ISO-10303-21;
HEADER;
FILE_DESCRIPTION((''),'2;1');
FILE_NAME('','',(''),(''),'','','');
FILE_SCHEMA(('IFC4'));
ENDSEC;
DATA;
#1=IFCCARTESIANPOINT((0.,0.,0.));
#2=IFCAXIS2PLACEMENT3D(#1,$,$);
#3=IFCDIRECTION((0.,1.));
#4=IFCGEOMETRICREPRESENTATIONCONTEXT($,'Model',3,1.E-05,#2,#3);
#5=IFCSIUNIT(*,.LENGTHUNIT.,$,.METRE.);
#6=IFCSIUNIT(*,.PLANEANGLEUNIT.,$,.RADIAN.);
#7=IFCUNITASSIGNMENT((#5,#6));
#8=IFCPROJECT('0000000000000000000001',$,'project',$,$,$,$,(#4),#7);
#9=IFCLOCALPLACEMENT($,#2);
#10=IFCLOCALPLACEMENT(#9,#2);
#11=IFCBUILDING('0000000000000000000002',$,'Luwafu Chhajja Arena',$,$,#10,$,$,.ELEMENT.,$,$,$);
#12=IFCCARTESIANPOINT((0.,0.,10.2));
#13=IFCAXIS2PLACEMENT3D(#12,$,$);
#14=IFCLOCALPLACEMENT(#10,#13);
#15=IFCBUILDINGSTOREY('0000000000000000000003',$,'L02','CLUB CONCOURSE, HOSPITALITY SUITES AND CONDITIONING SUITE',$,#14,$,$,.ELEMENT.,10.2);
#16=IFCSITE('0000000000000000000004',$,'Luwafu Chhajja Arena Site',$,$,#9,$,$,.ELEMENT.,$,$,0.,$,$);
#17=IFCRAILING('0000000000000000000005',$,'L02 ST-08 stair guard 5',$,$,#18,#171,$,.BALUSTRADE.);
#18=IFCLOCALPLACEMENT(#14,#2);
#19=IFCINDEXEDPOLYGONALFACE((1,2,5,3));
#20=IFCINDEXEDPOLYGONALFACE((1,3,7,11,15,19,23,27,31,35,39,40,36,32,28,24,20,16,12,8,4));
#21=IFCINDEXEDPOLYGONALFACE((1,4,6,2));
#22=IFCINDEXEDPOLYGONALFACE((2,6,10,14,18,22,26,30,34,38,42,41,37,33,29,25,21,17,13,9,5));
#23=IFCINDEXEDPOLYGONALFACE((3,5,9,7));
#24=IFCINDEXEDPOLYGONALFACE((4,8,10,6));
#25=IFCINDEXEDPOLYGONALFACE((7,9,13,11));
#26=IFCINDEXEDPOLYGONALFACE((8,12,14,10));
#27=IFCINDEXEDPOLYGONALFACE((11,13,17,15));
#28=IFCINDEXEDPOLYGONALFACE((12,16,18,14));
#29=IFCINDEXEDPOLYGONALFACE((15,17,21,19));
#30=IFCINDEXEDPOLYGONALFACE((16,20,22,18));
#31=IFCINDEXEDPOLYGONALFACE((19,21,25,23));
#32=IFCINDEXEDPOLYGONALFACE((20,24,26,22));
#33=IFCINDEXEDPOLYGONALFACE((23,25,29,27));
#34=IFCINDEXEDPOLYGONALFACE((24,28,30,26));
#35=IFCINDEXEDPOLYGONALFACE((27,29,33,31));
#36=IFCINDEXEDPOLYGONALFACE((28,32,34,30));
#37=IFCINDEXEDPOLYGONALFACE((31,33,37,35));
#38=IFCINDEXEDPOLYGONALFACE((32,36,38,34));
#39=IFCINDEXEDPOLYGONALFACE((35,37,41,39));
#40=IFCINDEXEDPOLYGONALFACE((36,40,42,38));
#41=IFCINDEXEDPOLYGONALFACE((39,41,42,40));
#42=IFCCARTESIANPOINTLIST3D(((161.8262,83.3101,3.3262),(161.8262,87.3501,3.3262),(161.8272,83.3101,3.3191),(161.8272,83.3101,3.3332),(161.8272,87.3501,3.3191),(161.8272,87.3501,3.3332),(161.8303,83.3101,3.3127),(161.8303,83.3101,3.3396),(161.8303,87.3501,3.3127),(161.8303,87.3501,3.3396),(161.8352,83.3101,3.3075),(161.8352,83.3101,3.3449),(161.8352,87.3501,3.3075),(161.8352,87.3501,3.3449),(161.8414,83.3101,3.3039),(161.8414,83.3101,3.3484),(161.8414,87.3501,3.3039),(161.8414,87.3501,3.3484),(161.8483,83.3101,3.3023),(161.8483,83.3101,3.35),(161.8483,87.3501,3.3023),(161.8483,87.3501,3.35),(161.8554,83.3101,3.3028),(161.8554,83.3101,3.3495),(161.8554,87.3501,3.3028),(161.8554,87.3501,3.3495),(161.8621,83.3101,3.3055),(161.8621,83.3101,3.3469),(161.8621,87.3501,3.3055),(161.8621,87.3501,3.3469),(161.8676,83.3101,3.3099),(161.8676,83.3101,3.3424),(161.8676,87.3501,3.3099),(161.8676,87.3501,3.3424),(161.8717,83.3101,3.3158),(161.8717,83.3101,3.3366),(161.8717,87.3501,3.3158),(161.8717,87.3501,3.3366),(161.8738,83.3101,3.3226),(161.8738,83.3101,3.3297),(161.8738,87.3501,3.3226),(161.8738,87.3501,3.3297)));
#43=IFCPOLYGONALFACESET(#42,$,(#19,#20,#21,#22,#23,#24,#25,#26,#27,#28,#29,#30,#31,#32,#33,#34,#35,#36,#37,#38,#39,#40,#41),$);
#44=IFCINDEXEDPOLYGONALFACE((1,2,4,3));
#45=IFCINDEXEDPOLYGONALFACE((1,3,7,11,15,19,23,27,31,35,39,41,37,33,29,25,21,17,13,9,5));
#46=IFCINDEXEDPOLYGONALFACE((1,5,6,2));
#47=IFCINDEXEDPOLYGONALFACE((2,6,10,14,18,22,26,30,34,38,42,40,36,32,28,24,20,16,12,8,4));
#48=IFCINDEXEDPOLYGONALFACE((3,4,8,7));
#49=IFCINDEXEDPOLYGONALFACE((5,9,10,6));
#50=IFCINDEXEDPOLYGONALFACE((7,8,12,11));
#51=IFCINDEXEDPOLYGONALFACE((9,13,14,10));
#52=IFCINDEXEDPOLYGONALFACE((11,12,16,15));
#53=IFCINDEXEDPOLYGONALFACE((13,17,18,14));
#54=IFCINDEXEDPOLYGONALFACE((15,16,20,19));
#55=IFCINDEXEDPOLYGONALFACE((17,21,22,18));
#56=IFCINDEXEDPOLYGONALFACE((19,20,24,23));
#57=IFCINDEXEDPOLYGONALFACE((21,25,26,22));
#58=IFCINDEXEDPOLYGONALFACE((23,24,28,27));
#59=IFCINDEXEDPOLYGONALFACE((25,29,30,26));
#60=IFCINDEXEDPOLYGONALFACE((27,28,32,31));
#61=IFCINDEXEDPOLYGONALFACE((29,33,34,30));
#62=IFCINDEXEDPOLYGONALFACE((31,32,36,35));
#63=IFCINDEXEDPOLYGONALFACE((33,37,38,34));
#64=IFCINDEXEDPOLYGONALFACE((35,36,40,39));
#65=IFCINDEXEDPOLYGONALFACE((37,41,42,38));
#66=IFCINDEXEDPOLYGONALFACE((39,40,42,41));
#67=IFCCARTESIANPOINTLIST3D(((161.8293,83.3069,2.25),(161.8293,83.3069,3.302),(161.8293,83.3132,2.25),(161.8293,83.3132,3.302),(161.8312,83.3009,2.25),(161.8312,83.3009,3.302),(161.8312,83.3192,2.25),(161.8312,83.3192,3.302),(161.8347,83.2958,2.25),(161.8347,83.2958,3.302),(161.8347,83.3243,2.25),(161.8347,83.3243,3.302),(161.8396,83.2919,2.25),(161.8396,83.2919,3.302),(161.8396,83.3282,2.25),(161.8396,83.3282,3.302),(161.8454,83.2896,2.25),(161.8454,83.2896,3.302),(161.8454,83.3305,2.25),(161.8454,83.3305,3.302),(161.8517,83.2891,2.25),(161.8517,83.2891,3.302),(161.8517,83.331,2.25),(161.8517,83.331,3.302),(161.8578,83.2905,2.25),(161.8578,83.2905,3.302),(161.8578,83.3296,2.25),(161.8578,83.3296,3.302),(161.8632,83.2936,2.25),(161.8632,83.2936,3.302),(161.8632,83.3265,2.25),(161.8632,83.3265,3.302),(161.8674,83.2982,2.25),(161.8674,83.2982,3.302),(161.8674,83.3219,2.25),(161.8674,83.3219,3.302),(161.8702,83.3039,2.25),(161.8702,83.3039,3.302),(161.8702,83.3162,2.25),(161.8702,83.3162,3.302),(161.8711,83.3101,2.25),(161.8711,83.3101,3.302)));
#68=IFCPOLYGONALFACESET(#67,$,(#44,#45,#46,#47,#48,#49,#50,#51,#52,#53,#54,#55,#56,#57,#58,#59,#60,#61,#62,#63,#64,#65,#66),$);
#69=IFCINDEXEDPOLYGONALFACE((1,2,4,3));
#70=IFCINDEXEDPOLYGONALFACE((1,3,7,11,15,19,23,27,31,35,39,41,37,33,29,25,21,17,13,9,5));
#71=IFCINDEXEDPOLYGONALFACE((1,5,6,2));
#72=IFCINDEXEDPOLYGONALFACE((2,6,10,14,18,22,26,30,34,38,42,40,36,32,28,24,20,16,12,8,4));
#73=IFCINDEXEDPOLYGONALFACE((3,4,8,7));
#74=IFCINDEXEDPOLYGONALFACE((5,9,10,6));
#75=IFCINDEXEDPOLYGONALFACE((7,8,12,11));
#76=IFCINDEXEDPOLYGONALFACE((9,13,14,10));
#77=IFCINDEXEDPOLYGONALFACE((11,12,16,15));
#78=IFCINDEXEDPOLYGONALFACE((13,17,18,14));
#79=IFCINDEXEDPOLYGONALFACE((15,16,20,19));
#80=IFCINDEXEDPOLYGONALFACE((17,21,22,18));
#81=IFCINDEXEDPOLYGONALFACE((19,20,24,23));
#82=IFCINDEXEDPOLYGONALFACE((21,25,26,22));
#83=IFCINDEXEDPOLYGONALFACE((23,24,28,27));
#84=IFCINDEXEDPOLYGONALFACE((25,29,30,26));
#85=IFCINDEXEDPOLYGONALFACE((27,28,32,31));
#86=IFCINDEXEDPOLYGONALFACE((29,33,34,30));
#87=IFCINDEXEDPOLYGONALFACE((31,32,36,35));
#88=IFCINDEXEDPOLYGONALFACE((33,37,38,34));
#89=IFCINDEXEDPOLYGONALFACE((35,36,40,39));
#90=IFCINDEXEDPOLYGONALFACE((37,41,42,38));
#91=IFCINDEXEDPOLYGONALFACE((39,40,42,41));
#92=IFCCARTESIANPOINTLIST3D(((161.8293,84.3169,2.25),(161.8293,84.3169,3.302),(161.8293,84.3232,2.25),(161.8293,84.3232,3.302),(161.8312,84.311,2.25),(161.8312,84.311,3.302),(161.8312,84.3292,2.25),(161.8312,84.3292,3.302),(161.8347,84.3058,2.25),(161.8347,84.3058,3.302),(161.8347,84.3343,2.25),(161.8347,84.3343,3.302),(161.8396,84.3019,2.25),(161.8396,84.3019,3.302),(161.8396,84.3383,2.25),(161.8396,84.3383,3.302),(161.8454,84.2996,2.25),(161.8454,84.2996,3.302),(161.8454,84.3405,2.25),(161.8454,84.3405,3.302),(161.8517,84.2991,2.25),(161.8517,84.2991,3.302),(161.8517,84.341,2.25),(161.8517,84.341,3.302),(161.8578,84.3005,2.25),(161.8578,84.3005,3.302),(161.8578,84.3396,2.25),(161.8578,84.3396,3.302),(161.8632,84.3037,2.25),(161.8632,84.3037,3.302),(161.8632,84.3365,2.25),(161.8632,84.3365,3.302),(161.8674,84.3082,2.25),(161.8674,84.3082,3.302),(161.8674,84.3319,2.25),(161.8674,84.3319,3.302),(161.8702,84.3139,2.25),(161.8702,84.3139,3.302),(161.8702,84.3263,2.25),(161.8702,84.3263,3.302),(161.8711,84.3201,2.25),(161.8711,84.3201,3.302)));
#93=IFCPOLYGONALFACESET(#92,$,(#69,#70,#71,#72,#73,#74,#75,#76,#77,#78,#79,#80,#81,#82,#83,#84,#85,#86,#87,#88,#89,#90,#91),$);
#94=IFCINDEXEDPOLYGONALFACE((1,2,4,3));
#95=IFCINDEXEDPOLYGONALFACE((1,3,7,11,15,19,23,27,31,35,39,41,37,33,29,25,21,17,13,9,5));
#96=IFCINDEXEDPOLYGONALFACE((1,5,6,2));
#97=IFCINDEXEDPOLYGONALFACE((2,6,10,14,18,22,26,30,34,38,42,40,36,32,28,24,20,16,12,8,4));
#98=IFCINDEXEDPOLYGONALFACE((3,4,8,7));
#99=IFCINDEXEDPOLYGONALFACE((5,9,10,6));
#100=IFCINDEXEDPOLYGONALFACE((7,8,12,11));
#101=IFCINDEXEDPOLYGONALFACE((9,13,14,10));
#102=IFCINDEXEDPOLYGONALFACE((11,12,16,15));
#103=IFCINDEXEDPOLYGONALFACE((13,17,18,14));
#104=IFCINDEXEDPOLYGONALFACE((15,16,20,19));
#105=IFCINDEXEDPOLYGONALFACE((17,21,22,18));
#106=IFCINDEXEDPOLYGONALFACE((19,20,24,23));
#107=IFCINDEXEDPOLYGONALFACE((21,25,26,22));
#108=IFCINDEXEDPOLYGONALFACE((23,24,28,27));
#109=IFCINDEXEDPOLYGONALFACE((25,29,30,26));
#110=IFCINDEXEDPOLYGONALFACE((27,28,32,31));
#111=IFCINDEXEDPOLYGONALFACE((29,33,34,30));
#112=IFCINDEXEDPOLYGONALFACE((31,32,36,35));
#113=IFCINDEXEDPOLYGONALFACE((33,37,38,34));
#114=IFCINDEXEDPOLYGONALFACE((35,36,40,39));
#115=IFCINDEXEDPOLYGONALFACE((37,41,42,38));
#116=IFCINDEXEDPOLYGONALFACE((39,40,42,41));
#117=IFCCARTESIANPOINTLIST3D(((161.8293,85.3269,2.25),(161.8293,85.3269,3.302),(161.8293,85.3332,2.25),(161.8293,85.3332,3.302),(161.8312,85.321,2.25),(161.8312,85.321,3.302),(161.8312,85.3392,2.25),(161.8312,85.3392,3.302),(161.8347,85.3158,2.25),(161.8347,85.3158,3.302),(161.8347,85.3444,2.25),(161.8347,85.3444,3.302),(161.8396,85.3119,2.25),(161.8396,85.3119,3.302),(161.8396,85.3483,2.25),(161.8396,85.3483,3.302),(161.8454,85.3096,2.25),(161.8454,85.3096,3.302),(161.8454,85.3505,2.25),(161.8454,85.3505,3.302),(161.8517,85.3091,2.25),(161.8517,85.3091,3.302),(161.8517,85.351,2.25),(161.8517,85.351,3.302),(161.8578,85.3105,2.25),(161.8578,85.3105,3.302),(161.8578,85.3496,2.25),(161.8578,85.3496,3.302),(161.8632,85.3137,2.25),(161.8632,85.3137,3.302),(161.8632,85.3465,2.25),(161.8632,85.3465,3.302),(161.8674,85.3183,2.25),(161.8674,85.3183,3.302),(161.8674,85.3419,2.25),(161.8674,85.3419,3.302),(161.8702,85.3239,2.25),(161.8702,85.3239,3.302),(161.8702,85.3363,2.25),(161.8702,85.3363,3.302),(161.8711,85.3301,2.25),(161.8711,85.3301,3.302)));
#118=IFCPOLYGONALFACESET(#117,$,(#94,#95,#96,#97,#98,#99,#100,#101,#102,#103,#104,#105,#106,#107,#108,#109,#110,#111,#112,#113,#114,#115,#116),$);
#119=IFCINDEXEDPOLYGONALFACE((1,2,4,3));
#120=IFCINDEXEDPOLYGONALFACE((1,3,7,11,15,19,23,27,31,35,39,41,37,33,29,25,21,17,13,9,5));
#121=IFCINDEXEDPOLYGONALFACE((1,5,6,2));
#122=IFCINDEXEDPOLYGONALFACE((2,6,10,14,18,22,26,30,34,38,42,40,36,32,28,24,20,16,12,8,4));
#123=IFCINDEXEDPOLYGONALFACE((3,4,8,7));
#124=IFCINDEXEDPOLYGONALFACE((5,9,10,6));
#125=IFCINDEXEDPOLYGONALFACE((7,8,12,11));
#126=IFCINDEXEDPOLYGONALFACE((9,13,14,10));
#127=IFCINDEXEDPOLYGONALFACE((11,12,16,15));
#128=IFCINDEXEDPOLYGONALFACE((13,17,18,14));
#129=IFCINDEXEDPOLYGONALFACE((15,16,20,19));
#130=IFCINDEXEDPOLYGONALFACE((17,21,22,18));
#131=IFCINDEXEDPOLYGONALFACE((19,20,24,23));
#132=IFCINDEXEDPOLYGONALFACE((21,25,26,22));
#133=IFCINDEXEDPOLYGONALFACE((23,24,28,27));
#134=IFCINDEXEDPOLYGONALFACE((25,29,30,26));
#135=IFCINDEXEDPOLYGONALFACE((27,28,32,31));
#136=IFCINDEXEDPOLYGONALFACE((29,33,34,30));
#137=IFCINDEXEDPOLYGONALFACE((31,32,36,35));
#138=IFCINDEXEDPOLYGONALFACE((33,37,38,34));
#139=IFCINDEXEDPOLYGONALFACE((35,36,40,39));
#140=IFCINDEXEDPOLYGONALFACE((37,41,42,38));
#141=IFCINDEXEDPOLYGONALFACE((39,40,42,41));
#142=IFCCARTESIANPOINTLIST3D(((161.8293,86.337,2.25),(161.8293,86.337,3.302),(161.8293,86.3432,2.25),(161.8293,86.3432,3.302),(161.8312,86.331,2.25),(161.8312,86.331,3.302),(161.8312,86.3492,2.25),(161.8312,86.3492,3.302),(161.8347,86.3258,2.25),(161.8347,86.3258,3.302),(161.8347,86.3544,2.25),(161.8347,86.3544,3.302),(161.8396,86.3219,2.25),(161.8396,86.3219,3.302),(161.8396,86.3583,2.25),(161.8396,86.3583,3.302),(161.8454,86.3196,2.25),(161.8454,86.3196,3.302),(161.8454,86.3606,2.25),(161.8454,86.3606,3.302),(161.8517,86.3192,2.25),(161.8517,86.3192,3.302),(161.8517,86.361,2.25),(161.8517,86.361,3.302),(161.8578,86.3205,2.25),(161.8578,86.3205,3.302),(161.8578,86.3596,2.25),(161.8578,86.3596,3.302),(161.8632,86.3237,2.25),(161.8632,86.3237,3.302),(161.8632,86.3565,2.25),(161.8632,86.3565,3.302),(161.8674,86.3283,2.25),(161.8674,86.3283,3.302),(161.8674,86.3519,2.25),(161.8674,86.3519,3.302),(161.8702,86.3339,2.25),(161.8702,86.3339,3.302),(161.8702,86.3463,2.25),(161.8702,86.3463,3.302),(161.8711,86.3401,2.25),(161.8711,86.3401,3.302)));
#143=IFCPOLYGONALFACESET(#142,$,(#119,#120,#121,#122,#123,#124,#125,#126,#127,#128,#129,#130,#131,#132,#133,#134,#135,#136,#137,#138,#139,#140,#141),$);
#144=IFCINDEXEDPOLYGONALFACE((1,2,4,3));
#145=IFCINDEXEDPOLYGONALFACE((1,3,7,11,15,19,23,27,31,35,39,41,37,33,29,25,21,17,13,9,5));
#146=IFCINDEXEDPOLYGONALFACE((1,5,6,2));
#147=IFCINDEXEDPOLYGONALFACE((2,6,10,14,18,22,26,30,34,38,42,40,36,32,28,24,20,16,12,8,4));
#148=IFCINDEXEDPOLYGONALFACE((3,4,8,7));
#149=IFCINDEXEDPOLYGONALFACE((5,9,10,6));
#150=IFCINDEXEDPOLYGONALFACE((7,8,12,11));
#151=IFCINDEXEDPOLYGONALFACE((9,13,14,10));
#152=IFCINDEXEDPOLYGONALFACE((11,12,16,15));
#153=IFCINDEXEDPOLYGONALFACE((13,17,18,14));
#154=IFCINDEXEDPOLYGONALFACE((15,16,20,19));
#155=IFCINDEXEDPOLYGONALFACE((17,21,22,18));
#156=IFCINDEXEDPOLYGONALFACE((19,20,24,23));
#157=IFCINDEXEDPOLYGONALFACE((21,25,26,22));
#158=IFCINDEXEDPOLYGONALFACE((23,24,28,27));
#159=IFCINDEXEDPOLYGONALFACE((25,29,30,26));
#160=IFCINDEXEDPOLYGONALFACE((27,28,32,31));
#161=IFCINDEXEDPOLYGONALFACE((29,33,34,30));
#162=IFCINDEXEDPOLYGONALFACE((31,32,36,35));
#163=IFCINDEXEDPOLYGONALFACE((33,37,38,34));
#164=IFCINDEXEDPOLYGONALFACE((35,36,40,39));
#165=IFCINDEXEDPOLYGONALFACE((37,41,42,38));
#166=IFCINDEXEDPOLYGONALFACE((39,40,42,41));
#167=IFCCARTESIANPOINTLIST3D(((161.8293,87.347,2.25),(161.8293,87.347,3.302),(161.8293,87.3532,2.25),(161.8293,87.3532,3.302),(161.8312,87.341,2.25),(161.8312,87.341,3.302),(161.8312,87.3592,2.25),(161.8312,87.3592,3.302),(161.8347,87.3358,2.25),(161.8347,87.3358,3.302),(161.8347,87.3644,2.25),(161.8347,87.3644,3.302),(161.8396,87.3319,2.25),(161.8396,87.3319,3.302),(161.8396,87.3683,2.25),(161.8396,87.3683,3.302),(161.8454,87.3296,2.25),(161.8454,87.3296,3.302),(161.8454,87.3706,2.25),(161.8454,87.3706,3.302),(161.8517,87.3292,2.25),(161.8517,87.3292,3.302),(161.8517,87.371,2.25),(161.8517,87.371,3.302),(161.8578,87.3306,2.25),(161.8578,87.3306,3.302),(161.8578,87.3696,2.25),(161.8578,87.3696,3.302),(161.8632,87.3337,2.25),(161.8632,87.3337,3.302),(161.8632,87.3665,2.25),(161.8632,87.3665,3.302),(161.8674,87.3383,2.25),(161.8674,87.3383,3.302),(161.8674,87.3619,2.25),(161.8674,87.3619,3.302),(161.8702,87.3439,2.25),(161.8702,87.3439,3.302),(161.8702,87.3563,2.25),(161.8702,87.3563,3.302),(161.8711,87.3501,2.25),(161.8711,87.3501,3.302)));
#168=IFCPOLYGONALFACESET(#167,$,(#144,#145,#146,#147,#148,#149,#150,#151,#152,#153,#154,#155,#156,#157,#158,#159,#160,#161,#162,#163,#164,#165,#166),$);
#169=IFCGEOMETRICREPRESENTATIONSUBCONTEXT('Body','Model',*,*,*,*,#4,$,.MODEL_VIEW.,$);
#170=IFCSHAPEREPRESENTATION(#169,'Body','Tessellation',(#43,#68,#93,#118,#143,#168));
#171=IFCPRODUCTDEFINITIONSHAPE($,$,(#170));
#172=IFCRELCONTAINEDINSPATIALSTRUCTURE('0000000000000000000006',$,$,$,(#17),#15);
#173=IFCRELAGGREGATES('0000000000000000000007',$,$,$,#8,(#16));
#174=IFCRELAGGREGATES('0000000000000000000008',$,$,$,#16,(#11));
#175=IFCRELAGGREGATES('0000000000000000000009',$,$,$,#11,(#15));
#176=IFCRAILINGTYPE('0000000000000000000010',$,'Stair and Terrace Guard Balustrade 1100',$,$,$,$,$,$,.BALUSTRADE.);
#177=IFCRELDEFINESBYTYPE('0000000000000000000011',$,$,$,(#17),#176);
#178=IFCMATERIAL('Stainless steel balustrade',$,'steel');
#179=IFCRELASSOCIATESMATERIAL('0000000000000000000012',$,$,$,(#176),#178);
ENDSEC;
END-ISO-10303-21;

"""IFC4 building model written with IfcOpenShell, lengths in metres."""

from ifc_helpers import new_model, si_unit, direction, frame, origin, origin_2d, place, context, subcontext, project, spatial, circle, extrude, material, type_object, element, save


model = new_model("IFC4")

# Units and contexts
model_context = context("Model", 3, precision=1e-05, world=origin(), true_north=direction((0.0, 1.0)))
body_context = subcontext(model_context, "Body", "Model", "MODEL_VIEW")
ifc_project = project(units=[si_unit("LENGTHUNIT", "METRE"), si_unit("PLANEANGLEUNIT", "RADIAN")], contexts=[model_context])

# Site, building, storey
site_placement = place(None, origin())
site = spatial("IfcSite", under=ifc_project, at=site_placement, Name="Luwafu Chhajja Arena Site", CompositionType="ELEMENT", RefElevation=0.0)
building_placement = place(site_placement, origin())
building = spatial("IfcBuilding", under=site, at=building_placement, Name="Luwafu Chhajja Arena", CompositionType="ELEMENT")
storey_placement = place(building_placement, frame((0.0, 0.0, 10.2)))
storey = spatial("IfcBuildingStorey", under=building, at=storey_placement, Name="L02", Description="CLUB CONCOURSE, HOSPITALITY SUITES AND CONDITIONING SUITE", CompositionType="ELEMENT", Elevation=10.2)

# Railing
ifc_material_1 = material(Name="Stainless steel balustrade", Category="steel")
railing_type_1 = type_object("IfcRailingType", Name="Stair and Terrace Guard Balustrade 1100", PredefinedType="BALUSTRADE", material=ifc_material_1)
railing_1_placement = place(storey_placement, frame((161.8501, 83.3101, 2.25)))
element("IfcRailing", 1, at=railing_1_placement, inside=storey, type_object=railing_type_1, Name="L02 ST-08 stair guard 5", PredefinedType="BALUSTRADE", context=body_context, shape_type="SweptSolid", body=[
    extrude(circle(Radius=0.0239, at=origin_2d()), frame((0.0, 0.0, 1.0762), z_axis=(0.0, 1.0, 0.0), x_axis=(-1.0, 0.0, 0.0)), (0.0, 0.0, 1.0), 4.04),
    extrude(circle(Radius=0.021, at=origin_2d()), origin(), (0.0, 0.0, 1.0), 1.052),
    extrude(circle(Radius=0.021, at=origin_2d()), frame((0.0, 1.01, 0.0)), (0.0, 0.0, 1.0), 1.052),
    extrude(circle(Radius=0.021, at=origin_2d()), frame((0.0, 2.02, 0.0)), (0.0, 0.0, 1.0), 1.052),
    extrude(circle(Radius=0.021, at=origin_2d()), frame((0.0, 3.03, 0.0)), (0.0, 0.0, 1.0), 1.052),
    extrude(circle(Radius=0.021, at=origin_2d()), frame((0.0, 4.04, 0.0)), (0.0, 0.0, 1.0), 1.052),
])

save(model, "model.ifc")
